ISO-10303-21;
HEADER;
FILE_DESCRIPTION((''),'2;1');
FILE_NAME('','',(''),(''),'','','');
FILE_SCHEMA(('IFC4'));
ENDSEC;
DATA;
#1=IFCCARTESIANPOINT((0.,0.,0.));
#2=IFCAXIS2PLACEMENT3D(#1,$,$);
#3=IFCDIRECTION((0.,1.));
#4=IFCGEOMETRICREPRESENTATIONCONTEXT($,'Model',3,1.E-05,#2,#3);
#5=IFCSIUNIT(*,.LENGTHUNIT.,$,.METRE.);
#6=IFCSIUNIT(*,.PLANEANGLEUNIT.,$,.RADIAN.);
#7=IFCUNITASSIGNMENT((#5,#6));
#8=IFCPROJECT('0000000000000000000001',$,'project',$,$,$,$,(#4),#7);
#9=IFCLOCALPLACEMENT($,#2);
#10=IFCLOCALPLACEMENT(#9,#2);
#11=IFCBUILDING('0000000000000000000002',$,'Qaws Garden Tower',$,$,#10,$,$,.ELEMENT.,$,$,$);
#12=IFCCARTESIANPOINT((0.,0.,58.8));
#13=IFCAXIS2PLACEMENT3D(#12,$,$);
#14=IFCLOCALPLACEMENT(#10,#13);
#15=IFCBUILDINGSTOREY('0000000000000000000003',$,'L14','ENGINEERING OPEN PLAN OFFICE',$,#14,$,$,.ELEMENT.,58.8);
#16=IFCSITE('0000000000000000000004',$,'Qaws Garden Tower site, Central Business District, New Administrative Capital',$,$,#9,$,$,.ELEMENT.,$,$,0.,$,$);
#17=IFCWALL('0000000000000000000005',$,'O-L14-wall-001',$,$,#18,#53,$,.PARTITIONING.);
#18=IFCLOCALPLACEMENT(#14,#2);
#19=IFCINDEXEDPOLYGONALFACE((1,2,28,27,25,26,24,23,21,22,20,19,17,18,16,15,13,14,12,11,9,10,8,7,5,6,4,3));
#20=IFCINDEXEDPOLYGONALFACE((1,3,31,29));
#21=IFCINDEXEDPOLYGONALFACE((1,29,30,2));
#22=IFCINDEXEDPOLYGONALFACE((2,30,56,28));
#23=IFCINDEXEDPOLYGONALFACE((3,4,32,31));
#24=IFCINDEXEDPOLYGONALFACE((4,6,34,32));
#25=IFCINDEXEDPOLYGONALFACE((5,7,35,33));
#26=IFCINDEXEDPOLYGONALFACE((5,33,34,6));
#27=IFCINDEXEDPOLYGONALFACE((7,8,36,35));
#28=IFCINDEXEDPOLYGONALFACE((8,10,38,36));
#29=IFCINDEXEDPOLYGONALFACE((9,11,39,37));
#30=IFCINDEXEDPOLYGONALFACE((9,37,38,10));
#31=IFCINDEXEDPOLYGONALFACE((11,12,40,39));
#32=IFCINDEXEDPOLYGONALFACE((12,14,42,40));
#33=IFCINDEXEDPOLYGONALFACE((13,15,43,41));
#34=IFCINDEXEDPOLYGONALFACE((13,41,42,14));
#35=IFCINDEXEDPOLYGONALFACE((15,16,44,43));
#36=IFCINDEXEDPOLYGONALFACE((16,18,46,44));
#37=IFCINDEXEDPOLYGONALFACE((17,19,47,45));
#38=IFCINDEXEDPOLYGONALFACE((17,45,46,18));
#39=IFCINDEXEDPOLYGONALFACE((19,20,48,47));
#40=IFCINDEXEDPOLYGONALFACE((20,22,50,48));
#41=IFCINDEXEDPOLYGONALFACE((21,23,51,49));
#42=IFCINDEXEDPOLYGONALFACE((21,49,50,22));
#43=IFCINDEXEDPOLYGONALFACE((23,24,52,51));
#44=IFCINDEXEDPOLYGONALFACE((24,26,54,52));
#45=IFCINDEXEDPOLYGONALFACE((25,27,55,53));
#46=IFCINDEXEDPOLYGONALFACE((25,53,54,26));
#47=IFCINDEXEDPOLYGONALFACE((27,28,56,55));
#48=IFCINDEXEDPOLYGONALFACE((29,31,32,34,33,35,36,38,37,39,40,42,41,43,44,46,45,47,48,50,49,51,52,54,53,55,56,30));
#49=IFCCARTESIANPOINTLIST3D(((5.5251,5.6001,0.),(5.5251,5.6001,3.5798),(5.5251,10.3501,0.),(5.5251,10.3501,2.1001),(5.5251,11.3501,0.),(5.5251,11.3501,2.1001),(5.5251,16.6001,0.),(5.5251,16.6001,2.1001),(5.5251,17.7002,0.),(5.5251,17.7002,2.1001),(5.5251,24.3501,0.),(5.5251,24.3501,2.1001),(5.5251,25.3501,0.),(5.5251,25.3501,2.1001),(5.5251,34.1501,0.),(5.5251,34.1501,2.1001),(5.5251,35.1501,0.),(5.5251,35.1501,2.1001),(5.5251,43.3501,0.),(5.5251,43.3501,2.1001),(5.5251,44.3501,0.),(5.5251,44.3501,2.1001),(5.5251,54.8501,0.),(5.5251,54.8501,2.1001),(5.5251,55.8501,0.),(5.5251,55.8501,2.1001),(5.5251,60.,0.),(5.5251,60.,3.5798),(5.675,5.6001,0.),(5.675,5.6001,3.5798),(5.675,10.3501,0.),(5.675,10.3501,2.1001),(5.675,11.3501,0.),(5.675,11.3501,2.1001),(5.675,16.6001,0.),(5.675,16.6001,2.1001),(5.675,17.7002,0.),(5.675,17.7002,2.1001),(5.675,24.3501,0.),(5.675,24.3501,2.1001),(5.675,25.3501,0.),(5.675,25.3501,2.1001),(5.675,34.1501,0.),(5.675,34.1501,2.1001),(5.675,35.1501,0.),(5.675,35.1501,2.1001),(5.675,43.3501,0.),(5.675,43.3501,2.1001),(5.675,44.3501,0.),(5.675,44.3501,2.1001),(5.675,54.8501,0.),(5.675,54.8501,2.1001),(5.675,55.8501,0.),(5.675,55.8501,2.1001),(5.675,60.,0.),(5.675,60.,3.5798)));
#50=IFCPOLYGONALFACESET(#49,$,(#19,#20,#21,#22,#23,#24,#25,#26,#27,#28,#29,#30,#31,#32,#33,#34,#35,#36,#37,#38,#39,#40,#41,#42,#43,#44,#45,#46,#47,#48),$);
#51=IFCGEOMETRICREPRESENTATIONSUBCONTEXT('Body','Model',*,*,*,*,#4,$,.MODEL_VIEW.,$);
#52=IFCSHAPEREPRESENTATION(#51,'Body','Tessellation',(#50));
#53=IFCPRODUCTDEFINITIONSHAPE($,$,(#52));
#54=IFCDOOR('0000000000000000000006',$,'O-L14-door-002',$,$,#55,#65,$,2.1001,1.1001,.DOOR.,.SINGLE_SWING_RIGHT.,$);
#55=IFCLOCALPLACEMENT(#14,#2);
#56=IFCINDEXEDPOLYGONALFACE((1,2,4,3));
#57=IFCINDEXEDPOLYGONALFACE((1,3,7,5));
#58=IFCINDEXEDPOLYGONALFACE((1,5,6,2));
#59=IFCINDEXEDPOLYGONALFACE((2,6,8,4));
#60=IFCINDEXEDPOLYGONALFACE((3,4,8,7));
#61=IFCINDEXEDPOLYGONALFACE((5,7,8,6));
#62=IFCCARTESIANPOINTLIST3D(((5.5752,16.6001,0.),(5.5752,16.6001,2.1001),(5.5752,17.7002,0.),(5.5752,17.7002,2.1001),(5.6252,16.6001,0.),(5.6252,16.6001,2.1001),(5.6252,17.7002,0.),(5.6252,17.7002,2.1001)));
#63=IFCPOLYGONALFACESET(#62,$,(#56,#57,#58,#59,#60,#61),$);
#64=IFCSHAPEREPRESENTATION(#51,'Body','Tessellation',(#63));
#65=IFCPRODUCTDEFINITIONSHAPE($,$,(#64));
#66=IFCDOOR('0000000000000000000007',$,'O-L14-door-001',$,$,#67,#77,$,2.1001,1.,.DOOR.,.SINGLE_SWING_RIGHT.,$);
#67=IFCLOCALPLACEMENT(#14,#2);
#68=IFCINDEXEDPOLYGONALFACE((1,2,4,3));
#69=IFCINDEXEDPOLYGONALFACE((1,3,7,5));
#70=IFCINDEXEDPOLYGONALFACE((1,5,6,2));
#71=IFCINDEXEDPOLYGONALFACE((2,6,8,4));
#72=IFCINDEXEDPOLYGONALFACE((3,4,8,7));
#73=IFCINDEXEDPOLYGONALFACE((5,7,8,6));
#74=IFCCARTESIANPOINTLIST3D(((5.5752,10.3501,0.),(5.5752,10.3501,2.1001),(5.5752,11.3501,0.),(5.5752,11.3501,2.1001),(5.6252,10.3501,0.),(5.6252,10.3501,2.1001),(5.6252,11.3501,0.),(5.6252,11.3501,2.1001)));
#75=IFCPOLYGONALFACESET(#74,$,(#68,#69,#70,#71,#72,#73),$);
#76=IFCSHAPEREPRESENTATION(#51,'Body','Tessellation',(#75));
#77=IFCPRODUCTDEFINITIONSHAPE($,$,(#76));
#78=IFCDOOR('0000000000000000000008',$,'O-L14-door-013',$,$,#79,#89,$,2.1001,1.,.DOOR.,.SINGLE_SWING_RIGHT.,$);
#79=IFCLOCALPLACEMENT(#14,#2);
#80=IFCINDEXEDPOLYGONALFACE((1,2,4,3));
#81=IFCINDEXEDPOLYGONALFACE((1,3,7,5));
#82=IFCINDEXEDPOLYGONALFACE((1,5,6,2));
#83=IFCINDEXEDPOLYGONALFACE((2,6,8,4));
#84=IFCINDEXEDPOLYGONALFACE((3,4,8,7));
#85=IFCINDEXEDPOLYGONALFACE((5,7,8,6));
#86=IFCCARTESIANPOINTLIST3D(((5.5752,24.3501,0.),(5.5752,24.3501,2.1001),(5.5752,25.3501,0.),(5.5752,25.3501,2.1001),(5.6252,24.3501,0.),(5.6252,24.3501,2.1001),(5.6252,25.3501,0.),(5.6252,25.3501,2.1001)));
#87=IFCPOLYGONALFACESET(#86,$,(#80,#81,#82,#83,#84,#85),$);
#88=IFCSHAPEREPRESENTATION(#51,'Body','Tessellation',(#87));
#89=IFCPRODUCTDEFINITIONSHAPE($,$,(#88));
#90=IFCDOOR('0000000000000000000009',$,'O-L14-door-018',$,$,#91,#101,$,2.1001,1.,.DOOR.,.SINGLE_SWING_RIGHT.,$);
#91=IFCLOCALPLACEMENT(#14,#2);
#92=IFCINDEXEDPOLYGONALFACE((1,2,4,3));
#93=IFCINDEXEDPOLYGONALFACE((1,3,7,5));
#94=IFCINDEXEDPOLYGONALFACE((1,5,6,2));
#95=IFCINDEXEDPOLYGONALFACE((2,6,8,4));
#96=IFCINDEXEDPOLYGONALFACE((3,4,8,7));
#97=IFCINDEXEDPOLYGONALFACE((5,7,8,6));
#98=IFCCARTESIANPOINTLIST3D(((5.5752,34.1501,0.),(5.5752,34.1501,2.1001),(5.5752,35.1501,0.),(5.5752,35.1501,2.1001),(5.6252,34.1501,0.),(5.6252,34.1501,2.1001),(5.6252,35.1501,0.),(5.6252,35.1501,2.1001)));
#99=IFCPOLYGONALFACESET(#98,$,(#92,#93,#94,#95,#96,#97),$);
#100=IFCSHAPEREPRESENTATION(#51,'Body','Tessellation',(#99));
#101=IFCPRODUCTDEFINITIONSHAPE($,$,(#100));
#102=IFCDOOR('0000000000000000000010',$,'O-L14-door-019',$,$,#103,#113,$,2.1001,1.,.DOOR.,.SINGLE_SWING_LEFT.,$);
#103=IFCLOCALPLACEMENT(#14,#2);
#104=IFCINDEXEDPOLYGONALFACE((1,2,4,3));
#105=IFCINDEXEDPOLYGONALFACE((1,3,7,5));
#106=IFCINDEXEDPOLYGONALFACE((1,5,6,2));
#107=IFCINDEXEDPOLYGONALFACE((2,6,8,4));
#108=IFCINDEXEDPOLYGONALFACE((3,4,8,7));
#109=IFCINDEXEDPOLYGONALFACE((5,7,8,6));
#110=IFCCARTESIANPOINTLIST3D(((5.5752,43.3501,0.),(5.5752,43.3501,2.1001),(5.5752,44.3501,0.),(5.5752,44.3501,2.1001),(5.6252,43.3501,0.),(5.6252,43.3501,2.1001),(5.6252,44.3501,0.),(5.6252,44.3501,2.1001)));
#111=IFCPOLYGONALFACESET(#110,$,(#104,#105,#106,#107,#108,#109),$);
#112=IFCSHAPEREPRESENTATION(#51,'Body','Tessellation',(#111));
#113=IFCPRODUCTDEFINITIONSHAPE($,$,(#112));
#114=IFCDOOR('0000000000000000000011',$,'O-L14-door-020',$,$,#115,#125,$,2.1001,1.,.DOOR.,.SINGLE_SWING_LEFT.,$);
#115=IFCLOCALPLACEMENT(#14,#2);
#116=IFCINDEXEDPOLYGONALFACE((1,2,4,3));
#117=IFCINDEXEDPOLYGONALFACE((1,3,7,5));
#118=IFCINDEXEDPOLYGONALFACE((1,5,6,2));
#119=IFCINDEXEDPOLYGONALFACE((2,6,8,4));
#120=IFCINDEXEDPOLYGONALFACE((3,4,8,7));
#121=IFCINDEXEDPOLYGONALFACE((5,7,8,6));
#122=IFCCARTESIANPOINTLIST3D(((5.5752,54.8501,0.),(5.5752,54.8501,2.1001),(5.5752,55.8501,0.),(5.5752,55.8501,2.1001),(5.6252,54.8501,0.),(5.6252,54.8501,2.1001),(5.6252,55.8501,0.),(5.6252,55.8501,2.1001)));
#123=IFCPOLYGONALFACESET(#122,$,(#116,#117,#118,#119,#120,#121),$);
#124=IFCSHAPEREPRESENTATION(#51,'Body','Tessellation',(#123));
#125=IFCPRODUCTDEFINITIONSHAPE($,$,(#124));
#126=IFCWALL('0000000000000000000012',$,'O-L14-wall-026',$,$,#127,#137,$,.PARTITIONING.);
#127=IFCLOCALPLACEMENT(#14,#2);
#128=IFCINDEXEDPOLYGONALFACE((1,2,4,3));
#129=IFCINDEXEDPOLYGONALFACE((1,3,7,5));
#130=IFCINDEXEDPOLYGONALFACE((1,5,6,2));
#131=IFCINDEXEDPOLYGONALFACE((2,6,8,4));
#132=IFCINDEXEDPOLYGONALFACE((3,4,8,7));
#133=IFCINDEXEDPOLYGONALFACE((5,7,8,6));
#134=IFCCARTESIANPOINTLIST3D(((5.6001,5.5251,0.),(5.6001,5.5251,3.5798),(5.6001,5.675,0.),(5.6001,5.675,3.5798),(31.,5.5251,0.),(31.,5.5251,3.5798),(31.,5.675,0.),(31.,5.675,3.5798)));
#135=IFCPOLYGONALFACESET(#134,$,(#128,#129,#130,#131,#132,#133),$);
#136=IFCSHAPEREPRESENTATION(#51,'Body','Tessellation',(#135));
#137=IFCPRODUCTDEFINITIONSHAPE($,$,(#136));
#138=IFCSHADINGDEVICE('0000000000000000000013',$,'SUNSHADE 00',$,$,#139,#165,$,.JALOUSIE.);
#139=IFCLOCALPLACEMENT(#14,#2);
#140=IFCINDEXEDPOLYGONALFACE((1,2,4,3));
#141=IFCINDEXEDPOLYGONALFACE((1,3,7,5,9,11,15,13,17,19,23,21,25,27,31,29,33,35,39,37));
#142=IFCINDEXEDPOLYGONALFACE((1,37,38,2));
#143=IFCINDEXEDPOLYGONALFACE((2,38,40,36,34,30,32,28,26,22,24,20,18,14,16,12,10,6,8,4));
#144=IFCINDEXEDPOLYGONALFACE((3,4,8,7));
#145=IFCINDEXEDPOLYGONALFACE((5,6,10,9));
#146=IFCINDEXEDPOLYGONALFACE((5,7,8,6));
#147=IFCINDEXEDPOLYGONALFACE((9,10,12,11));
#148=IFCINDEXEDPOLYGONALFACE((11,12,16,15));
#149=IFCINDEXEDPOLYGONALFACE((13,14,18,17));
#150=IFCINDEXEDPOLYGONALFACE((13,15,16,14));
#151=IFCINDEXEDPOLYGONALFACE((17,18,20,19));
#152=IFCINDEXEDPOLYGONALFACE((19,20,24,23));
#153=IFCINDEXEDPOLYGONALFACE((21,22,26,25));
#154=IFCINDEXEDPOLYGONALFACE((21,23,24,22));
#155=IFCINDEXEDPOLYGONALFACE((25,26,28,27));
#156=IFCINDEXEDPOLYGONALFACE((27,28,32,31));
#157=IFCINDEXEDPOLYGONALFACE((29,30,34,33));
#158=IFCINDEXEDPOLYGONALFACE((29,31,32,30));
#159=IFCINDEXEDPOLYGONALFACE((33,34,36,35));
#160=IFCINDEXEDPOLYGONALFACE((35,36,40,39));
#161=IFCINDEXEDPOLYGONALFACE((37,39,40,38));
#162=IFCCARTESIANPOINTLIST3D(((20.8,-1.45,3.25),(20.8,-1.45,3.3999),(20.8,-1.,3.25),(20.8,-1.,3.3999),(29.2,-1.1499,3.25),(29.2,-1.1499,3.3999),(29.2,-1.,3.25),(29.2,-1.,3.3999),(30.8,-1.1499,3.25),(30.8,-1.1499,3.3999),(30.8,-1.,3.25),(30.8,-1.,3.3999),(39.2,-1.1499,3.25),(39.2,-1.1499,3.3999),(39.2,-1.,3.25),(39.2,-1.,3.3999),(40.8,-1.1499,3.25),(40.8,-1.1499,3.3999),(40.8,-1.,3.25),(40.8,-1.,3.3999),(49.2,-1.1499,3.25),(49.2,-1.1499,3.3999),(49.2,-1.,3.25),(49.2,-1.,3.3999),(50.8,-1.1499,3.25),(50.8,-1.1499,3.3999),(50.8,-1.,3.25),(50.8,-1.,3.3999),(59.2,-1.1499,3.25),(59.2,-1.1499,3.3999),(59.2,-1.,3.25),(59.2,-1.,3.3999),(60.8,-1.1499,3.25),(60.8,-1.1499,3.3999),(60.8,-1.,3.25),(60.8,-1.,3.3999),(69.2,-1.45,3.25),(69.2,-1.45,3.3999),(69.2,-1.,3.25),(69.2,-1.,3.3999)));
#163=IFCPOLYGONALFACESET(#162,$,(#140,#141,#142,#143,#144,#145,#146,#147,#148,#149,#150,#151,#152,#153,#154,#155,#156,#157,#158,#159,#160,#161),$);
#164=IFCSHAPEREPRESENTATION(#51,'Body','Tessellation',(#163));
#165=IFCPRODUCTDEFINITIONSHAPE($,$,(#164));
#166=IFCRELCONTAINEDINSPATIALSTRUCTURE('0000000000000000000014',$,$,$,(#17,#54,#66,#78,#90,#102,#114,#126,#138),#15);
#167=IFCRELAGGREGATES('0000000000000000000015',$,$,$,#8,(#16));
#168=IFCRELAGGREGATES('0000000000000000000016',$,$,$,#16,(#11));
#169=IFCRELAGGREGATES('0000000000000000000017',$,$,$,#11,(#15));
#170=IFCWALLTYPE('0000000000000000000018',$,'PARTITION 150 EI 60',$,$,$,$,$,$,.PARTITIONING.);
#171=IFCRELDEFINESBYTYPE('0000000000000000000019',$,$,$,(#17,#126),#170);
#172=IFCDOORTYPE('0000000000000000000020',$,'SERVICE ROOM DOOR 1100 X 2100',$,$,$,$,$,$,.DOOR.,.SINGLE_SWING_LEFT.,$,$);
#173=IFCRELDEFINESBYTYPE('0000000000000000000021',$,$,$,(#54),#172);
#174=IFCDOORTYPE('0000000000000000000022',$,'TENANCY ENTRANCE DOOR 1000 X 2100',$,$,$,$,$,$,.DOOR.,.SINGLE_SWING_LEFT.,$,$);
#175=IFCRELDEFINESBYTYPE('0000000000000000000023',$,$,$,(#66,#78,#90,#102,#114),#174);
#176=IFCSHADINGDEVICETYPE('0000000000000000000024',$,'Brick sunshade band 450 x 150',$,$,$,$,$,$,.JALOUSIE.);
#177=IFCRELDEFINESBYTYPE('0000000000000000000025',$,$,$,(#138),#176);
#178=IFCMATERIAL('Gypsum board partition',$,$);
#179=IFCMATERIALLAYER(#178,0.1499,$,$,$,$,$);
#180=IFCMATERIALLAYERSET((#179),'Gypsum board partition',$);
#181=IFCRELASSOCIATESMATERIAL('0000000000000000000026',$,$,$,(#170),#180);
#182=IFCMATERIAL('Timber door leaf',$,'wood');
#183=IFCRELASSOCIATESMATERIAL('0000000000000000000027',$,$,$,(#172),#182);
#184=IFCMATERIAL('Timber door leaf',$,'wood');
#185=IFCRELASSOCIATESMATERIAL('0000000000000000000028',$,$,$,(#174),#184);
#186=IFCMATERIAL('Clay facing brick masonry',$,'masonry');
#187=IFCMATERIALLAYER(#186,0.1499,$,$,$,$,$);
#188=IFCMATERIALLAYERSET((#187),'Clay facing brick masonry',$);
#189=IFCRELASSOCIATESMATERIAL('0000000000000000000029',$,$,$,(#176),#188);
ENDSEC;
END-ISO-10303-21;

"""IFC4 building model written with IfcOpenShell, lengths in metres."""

from ifc_helpers import new_model, si_unit, direction, frame, frame_2d, origin, place, context, subcontext, project, spatial, polyline, rectangle, outline, extrude, material, layer, layer_set, type_object, element, fill, save


model = new_model("IFC4")

# Units and contexts
model_context = context("Model", 3, precision=1e-05, world=origin(), true_north=direction((0.0, 1.0)))
body_context = subcontext(model_context, "Body", "Model", "MODEL_VIEW")
ifc_project = project(units=[si_unit("LENGTHUNIT", "METRE"), si_unit("PLANEANGLEUNIT", "RADIAN")], contexts=[model_context])

# Site, building, storey
site_placement = place(None, origin())
site = spatial("IfcSite", under=ifc_project, at=site_placement, Name="Qaws Garden Tower site, Central Business District, New Administrative Capital", CompositionType="ELEMENT", RefElevation=0.0)
building_placement = place(site_placement, origin())
building = spatial("IfcBuilding", under=site, at=building_placement, Name="Qaws Garden Tower", CompositionType="ELEMENT")
storey_placement = place(building_placement, frame((0.0, 0.0, 58.8)))
storey = spatial("IfcBuildingStorey", under=building, at=storey_placement, Name="L14", Description="ENGINEERING OPEN PLAN OFFICE", CompositionType="ELEMENT", Elevation=58.8)

# Wall, openings, doors
ifc_material_1 = material(Name="Gypsum board partition")
ifc_layer_1 = layer(ifc_material_1, 0.1499)
ifc_layer_set_1 = layer_set([ifc_layer_1], Name="Gypsum board partition")
wall_type_1 = type_object("IfcWallType", Name="PARTITION 150 EI 60", PredefinedType="PARTITIONING", material=ifc_layer_set_1)
wall_1_placement = place(storey_placement, frame((5.6001, 5.6001, 0.0), z_axis=(0.0, 0.0, 1.0), x_axis=(0.0, 1.0, 0.0)))
wall_1 = element("IfcWall", 1, at=wall_1_placement, inside=storey, type_object=wall_type_1, Name="O-L14-wall-001", PredefinedType="PARTITIONING", context=body_context, shape_type="SweptSolid", body=[
    extrude(rectangle(XDim=54.3999, YDim=0.1499, at=frame_2d((27.2, 0.0))), origin(), (0.0, 0.0, 1.0), 3.5798),
])
opening_1_placement = place(wall_1_placement, frame((4.75, 0.0, 0.0)))
opening_1 = element("IfcOpeningElement", 2, at=opening_1_placement, cuts=wall_1, PredefinedType="OPENING", context=body_context, shape_type="SweptSolid", body=[
    extrude(rectangle(XDim=1.0, YDim=2.1001, at=frame_2d((0.5, 1.05))), frame((0.0, 0.085, 0.0), z_axis=(0.0, -1.0, 0.0), x_axis=(1.0, 0.0, 0.0)), (0.0, 0.0, 1.0), 0.1699),
])
opening_2_placement = place(wall_1_placement, frame((11.0, 0.0, 0.0)))
opening_2 = element("IfcOpeningElement", 3, at=opening_2_placement, cuts=wall_1, PredefinedType="OPENING", context=body_context, shape_type="SweptSolid", body=[
    extrude(rectangle(XDim=1.1001, YDim=2.1001, at=frame_2d((0.55, 1.05))), frame((0.0, 0.085, 0.0), z_axis=(0.0, -1.0, 0.0), x_axis=(1.0, 0.0, 0.0)), (0.0, 0.0, 1.0), 0.1699),
])
opening_3_placement = place(wall_1_placement, frame((18.75, 0.0, 0.0)))
opening_3 = element("IfcOpeningElement", 4, at=opening_3_placement, cuts=wall_1, PredefinedType="OPENING", context=body_context, shape_type="SweptSolid", body=[
    extrude(rectangle(XDim=1.0, YDim=2.1001, at=frame_2d((0.5, 1.05))), frame((0.0, 0.085, 0.0), z_axis=(0.0, -1.0, 0.0), x_axis=(1.0, 0.0, 0.0)), (0.0, 0.0, 1.0), 0.1699),
])
opening_4_placement = place(wall_1_placement, frame((28.55, 0.0, 0.0)))
opening_4 = element("IfcOpeningElement", 5, at=opening_4_placement, cuts=wall_1, PredefinedType="OPENING", context=body_context, shape_type="SweptSolid", body=[
    extrude(rectangle(XDim=1.0, YDim=2.1001, at=frame_2d((0.5, 1.05))), frame((0.0, 0.085, 0.0), z_axis=(0.0, -1.0, 0.0), x_axis=(1.0, 0.0, 0.0)), (0.0, 0.0, 1.0), 0.1699),
])
opening_5_placement = place(wall_1_placement, frame((37.75, 0.0, 0.0)))
opening_5 = element("IfcOpeningElement", 6, at=opening_5_placement, cuts=wall_1, PredefinedType="OPENING", context=body_context, shape_type="SweptSolid", body=[
    extrude(rectangle(XDim=1.0, YDim=2.1001, at=frame_2d((0.5, 1.05))), frame((0.0, 0.085, 0.0), z_axis=(0.0, -1.0, 0.0), x_axis=(1.0, 0.0, 0.0)), (0.0, 0.0, 1.0), 0.1699),
])
opening_6_placement = place(wall_1_placement, frame((49.25, 0.0, 0.0)))
opening_6 = element("IfcOpeningElement", 7, at=opening_6_placement, cuts=wall_1, PredefinedType="OPENING", context=body_context, shape_type="SweptSolid", body=[
    extrude(rectangle(XDim=1.0, YDim=2.1001, at=frame_2d((0.5, 1.05))), frame((0.0, 0.085, 0.0), z_axis=(0.0, -1.0, 0.0), x_axis=(1.0, 0.0, 0.0)), (0.0, 0.0, 1.0), 0.1699),
])
ifc_material_2 = material(Name="Timber door leaf", Category="wood")
door_type_1 = type_object("IfcDoorType", Name="SERVICE ROOM DOOR 1100 X 2100", OperationType="SINGLE_SWING_LEFT", PredefinedType="DOOR", material=ifc_material_2)
door_1_placement = place(opening_2_placement, origin())
door_1 = element("IfcDoor", 8, at=door_1_placement, inside=storey, type_object=door_type_1, Name="O-L14-door-002", OperationType="SINGLE_SWING_RIGHT", OverallHeight=2.1001, OverallWidth=1.1001, PredefinedType="DOOR", context=body_context, shape_type="SweptSolid", body=[
    extrude(rectangle(XDim=1.1001, YDim=2.1001, at=frame_2d((0.55, 1.05))), frame((0.0, 0.0249, 0.0), z_axis=(0.0, -1.0, 0.0), x_axis=(1.0, 0.0, 0.0)), (0.0, 0.0, 1.0), 0.05),
])
fill(opening_2, door_1)
ifc_material_3 = material(Name="Timber door leaf", Category="wood")
door_type_2 = type_object("IfcDoorType", Name="TENANCY ENTRANCE DOOR 1000 X 2100", OperationType="SINGLE_SWING_LEFT", PredefinedType="DOOR", material=ifc_material_3)
door_2_placement = place(opening_1_placement, origin())
door_2 = element("IfcDoor", 9, at=door_2_placement, inside=storey, type_object=door_type_2, Name="O-L14-door-001", OperationType="SINGLE_SWING_RIGHT", OverallHeight=2.1001, OverallWidth=1.0, PredefinedType="DOOR", context=body_context, shape_type="SweptSolid", body=[
    extrude(rectangle(XDim=1.0, YDim=2.1001, at=frame_2d((0.5, 1.05))), frame((0.0, 0.0249, 0.0), z_axis=(0.0, -1.0, 0.0), x_axis=(1.0, 0.0, 0.0)), (0.0, 0.0, 1.0), 0.05),
])
fill(opening_1, door_2)
door_3_placement = place(opening_3_placement, origin())
door_3 = element("IfcDoor", 10, at=door_3_placement, inside=storey, type_object=door_type_2, Name="O-L14-door-013", OperationType="SINGLE_SWING_RIGHT", OverallHeight=2.1001, OverallWidth=1.0, PredefinedType="DOOR", context=body_context, shape_type="SweptSolid", body=[
    extrude(rectangle(XDim=1.0, YDim=2.1001, at=frame_2d((0.5, 1.05))), frame((0.0, 0.0249, 0.0), z_axis=(0.0, -1.0, 0.0), x_axis=(1.0, 0.0, 0.0)), (0.0, 0.0, 1.0), 0.05),
])
fill(opening_3, door_3)
door_4_placement = place(opening_4_placement, origin())
door_4 = element("IfcDoor", 11, at=door_4_placement, inside=storey, type_object=door_type_2, Name="O-L14-door-018", OperationType="SINGLE_SWING_RIGHT", OverallHeight=2.1001, OverallWidth=1.0, PredefinedType="DOOR", context=body_context, shape_type="SweptSolid", body=[
    extrude(rectangle(XDim=1.0, YDim=2.1001, at=frame_2d((0.5, 1.05))), frame((0.0, 0.0249, 0.0), z_axis=(0.0, -1.0, 0.0), x_axis=(1.0, 0.0, 0.0)), (0.0, 0.0, 1.0), 0.05),
])
fill(opening_4, door_4)
door_5_placement = place(opening_5_placement, origin())
door_5 = element("IfcDoor", 12, at=door_5_placement, inside=storey, type_object=door_type_2, Name="O-L14-door-019", OperationType="SINGLE_SWING_LEFT", OverallHeight=2.1001, OverallWidth=1.0, PredefinedType="DOOR", context=body_context, shape_type="SweptSolid", body=[
    extrude(rectangle(XDim=1.0, YDim=2.1001, at=frame_2d((0.5, 1.05))), frame((0.0, 0.0249, 0.0), z_axis=(0.0, -1.0, 0.0), x_axis=(1.0, 0.0, 0.0)), (0.0, 0.0, 1.0), 0.05),
])
fill(opening_5, door_5)
door_6_placement = place(opening_6_placement, origin())
door_6 = element("IfcDoor", 13, at=door_6_placement, inside=storey, type_object=door_type_2, Name="O-L14-door-020", OperationType="SINGLE_SWING_LEFT", OverallHeight=2.1001, OverallWidth=1.0, PredefinedType="DOOR", context=body_context, shape_type="SweptSolid", body=[
    extrude(rectangle(XDim=1.0, YDim=2.1001, at=frame_2d((0.5, 1.05))), frame((0.0, 0.0249, 0.0), z_axis=(0.0, -1.0, 0.0), x_axis=(1.0, 0.0, 0.0)), (0.0, 0.0, 1.0), 0.05),
])
fill(opening_6, door_6)

# Wall
wall_2_placement = place(storey_placement, frame((5.6001, 5.6001, 0.0), z_axis=(0.0, 0.0, 1.0), x_axis=(1.0, 0.0, 0.0)))
element("IfcWall", 14, at=wall_2_placement, inside=storey, type_object=wall_type_1, Name="O-L14-wall-026", PredefinedType="PARTITIONING", context=body_context, shape_type="SweptSolid", body=[
    extrude(rectangle(XDim=25.3999, YDim=0.1499, at=frame_2d((12.7, 0.0))), origin(), (0.0, 0.0, 1.0), 3.5798),
])

# Shading device
ifc_material_4 = material(Name="Clay facing brick masonry", Category="masonry")
ifc_layer_2 = layer(ifc_material_4, 0.1499)
ifc_layer_set_2 = layer_set([ifc_layer_2], Name="Clay facing brick masonry")
shading_device_type = type_object("IfcShadingDeviceType", Name="Brick sunshade band 450 x 150", PredefinedType="JALOUSIE", material=ifc_layer_set_2)
shading_device_placement = place(storey_placement, frame((0.0, 0.0, 3.25)))
element("IfcShadingDevice", 15, at=shading_device_placement, inside=storey, type_object=shading_device_type, Name="SUNSHADE 00", PredefinedType="JALOUSIE", context=body_context, shape_type="SweptSolid", body=[
    extrude(outline(polyline([(20.8, -1.0), (20.8, -1.45), (69.2, -1.45), (69.2, -1.0), (60.8, -1.0), (60.8, -1.1499), (59.2, -1.1499), (59.2, -1.0), (50.8, -1.0), (50.8, -1.1499), (49.2, -1.1499), (49.2, -1.0), (40.8, -1.0), (40.8, -1.1499), (39.2, -1.1499), (39.2, -1.0), (30.8, -1.0), (30.8, -1.1499), (29.2, -1.1499), (29.2, -1.0), (20.8, -1.0)])), origin(), (0.0, 0.0, 1.0), 0.1499),
])

save(model, "model.ifc")
